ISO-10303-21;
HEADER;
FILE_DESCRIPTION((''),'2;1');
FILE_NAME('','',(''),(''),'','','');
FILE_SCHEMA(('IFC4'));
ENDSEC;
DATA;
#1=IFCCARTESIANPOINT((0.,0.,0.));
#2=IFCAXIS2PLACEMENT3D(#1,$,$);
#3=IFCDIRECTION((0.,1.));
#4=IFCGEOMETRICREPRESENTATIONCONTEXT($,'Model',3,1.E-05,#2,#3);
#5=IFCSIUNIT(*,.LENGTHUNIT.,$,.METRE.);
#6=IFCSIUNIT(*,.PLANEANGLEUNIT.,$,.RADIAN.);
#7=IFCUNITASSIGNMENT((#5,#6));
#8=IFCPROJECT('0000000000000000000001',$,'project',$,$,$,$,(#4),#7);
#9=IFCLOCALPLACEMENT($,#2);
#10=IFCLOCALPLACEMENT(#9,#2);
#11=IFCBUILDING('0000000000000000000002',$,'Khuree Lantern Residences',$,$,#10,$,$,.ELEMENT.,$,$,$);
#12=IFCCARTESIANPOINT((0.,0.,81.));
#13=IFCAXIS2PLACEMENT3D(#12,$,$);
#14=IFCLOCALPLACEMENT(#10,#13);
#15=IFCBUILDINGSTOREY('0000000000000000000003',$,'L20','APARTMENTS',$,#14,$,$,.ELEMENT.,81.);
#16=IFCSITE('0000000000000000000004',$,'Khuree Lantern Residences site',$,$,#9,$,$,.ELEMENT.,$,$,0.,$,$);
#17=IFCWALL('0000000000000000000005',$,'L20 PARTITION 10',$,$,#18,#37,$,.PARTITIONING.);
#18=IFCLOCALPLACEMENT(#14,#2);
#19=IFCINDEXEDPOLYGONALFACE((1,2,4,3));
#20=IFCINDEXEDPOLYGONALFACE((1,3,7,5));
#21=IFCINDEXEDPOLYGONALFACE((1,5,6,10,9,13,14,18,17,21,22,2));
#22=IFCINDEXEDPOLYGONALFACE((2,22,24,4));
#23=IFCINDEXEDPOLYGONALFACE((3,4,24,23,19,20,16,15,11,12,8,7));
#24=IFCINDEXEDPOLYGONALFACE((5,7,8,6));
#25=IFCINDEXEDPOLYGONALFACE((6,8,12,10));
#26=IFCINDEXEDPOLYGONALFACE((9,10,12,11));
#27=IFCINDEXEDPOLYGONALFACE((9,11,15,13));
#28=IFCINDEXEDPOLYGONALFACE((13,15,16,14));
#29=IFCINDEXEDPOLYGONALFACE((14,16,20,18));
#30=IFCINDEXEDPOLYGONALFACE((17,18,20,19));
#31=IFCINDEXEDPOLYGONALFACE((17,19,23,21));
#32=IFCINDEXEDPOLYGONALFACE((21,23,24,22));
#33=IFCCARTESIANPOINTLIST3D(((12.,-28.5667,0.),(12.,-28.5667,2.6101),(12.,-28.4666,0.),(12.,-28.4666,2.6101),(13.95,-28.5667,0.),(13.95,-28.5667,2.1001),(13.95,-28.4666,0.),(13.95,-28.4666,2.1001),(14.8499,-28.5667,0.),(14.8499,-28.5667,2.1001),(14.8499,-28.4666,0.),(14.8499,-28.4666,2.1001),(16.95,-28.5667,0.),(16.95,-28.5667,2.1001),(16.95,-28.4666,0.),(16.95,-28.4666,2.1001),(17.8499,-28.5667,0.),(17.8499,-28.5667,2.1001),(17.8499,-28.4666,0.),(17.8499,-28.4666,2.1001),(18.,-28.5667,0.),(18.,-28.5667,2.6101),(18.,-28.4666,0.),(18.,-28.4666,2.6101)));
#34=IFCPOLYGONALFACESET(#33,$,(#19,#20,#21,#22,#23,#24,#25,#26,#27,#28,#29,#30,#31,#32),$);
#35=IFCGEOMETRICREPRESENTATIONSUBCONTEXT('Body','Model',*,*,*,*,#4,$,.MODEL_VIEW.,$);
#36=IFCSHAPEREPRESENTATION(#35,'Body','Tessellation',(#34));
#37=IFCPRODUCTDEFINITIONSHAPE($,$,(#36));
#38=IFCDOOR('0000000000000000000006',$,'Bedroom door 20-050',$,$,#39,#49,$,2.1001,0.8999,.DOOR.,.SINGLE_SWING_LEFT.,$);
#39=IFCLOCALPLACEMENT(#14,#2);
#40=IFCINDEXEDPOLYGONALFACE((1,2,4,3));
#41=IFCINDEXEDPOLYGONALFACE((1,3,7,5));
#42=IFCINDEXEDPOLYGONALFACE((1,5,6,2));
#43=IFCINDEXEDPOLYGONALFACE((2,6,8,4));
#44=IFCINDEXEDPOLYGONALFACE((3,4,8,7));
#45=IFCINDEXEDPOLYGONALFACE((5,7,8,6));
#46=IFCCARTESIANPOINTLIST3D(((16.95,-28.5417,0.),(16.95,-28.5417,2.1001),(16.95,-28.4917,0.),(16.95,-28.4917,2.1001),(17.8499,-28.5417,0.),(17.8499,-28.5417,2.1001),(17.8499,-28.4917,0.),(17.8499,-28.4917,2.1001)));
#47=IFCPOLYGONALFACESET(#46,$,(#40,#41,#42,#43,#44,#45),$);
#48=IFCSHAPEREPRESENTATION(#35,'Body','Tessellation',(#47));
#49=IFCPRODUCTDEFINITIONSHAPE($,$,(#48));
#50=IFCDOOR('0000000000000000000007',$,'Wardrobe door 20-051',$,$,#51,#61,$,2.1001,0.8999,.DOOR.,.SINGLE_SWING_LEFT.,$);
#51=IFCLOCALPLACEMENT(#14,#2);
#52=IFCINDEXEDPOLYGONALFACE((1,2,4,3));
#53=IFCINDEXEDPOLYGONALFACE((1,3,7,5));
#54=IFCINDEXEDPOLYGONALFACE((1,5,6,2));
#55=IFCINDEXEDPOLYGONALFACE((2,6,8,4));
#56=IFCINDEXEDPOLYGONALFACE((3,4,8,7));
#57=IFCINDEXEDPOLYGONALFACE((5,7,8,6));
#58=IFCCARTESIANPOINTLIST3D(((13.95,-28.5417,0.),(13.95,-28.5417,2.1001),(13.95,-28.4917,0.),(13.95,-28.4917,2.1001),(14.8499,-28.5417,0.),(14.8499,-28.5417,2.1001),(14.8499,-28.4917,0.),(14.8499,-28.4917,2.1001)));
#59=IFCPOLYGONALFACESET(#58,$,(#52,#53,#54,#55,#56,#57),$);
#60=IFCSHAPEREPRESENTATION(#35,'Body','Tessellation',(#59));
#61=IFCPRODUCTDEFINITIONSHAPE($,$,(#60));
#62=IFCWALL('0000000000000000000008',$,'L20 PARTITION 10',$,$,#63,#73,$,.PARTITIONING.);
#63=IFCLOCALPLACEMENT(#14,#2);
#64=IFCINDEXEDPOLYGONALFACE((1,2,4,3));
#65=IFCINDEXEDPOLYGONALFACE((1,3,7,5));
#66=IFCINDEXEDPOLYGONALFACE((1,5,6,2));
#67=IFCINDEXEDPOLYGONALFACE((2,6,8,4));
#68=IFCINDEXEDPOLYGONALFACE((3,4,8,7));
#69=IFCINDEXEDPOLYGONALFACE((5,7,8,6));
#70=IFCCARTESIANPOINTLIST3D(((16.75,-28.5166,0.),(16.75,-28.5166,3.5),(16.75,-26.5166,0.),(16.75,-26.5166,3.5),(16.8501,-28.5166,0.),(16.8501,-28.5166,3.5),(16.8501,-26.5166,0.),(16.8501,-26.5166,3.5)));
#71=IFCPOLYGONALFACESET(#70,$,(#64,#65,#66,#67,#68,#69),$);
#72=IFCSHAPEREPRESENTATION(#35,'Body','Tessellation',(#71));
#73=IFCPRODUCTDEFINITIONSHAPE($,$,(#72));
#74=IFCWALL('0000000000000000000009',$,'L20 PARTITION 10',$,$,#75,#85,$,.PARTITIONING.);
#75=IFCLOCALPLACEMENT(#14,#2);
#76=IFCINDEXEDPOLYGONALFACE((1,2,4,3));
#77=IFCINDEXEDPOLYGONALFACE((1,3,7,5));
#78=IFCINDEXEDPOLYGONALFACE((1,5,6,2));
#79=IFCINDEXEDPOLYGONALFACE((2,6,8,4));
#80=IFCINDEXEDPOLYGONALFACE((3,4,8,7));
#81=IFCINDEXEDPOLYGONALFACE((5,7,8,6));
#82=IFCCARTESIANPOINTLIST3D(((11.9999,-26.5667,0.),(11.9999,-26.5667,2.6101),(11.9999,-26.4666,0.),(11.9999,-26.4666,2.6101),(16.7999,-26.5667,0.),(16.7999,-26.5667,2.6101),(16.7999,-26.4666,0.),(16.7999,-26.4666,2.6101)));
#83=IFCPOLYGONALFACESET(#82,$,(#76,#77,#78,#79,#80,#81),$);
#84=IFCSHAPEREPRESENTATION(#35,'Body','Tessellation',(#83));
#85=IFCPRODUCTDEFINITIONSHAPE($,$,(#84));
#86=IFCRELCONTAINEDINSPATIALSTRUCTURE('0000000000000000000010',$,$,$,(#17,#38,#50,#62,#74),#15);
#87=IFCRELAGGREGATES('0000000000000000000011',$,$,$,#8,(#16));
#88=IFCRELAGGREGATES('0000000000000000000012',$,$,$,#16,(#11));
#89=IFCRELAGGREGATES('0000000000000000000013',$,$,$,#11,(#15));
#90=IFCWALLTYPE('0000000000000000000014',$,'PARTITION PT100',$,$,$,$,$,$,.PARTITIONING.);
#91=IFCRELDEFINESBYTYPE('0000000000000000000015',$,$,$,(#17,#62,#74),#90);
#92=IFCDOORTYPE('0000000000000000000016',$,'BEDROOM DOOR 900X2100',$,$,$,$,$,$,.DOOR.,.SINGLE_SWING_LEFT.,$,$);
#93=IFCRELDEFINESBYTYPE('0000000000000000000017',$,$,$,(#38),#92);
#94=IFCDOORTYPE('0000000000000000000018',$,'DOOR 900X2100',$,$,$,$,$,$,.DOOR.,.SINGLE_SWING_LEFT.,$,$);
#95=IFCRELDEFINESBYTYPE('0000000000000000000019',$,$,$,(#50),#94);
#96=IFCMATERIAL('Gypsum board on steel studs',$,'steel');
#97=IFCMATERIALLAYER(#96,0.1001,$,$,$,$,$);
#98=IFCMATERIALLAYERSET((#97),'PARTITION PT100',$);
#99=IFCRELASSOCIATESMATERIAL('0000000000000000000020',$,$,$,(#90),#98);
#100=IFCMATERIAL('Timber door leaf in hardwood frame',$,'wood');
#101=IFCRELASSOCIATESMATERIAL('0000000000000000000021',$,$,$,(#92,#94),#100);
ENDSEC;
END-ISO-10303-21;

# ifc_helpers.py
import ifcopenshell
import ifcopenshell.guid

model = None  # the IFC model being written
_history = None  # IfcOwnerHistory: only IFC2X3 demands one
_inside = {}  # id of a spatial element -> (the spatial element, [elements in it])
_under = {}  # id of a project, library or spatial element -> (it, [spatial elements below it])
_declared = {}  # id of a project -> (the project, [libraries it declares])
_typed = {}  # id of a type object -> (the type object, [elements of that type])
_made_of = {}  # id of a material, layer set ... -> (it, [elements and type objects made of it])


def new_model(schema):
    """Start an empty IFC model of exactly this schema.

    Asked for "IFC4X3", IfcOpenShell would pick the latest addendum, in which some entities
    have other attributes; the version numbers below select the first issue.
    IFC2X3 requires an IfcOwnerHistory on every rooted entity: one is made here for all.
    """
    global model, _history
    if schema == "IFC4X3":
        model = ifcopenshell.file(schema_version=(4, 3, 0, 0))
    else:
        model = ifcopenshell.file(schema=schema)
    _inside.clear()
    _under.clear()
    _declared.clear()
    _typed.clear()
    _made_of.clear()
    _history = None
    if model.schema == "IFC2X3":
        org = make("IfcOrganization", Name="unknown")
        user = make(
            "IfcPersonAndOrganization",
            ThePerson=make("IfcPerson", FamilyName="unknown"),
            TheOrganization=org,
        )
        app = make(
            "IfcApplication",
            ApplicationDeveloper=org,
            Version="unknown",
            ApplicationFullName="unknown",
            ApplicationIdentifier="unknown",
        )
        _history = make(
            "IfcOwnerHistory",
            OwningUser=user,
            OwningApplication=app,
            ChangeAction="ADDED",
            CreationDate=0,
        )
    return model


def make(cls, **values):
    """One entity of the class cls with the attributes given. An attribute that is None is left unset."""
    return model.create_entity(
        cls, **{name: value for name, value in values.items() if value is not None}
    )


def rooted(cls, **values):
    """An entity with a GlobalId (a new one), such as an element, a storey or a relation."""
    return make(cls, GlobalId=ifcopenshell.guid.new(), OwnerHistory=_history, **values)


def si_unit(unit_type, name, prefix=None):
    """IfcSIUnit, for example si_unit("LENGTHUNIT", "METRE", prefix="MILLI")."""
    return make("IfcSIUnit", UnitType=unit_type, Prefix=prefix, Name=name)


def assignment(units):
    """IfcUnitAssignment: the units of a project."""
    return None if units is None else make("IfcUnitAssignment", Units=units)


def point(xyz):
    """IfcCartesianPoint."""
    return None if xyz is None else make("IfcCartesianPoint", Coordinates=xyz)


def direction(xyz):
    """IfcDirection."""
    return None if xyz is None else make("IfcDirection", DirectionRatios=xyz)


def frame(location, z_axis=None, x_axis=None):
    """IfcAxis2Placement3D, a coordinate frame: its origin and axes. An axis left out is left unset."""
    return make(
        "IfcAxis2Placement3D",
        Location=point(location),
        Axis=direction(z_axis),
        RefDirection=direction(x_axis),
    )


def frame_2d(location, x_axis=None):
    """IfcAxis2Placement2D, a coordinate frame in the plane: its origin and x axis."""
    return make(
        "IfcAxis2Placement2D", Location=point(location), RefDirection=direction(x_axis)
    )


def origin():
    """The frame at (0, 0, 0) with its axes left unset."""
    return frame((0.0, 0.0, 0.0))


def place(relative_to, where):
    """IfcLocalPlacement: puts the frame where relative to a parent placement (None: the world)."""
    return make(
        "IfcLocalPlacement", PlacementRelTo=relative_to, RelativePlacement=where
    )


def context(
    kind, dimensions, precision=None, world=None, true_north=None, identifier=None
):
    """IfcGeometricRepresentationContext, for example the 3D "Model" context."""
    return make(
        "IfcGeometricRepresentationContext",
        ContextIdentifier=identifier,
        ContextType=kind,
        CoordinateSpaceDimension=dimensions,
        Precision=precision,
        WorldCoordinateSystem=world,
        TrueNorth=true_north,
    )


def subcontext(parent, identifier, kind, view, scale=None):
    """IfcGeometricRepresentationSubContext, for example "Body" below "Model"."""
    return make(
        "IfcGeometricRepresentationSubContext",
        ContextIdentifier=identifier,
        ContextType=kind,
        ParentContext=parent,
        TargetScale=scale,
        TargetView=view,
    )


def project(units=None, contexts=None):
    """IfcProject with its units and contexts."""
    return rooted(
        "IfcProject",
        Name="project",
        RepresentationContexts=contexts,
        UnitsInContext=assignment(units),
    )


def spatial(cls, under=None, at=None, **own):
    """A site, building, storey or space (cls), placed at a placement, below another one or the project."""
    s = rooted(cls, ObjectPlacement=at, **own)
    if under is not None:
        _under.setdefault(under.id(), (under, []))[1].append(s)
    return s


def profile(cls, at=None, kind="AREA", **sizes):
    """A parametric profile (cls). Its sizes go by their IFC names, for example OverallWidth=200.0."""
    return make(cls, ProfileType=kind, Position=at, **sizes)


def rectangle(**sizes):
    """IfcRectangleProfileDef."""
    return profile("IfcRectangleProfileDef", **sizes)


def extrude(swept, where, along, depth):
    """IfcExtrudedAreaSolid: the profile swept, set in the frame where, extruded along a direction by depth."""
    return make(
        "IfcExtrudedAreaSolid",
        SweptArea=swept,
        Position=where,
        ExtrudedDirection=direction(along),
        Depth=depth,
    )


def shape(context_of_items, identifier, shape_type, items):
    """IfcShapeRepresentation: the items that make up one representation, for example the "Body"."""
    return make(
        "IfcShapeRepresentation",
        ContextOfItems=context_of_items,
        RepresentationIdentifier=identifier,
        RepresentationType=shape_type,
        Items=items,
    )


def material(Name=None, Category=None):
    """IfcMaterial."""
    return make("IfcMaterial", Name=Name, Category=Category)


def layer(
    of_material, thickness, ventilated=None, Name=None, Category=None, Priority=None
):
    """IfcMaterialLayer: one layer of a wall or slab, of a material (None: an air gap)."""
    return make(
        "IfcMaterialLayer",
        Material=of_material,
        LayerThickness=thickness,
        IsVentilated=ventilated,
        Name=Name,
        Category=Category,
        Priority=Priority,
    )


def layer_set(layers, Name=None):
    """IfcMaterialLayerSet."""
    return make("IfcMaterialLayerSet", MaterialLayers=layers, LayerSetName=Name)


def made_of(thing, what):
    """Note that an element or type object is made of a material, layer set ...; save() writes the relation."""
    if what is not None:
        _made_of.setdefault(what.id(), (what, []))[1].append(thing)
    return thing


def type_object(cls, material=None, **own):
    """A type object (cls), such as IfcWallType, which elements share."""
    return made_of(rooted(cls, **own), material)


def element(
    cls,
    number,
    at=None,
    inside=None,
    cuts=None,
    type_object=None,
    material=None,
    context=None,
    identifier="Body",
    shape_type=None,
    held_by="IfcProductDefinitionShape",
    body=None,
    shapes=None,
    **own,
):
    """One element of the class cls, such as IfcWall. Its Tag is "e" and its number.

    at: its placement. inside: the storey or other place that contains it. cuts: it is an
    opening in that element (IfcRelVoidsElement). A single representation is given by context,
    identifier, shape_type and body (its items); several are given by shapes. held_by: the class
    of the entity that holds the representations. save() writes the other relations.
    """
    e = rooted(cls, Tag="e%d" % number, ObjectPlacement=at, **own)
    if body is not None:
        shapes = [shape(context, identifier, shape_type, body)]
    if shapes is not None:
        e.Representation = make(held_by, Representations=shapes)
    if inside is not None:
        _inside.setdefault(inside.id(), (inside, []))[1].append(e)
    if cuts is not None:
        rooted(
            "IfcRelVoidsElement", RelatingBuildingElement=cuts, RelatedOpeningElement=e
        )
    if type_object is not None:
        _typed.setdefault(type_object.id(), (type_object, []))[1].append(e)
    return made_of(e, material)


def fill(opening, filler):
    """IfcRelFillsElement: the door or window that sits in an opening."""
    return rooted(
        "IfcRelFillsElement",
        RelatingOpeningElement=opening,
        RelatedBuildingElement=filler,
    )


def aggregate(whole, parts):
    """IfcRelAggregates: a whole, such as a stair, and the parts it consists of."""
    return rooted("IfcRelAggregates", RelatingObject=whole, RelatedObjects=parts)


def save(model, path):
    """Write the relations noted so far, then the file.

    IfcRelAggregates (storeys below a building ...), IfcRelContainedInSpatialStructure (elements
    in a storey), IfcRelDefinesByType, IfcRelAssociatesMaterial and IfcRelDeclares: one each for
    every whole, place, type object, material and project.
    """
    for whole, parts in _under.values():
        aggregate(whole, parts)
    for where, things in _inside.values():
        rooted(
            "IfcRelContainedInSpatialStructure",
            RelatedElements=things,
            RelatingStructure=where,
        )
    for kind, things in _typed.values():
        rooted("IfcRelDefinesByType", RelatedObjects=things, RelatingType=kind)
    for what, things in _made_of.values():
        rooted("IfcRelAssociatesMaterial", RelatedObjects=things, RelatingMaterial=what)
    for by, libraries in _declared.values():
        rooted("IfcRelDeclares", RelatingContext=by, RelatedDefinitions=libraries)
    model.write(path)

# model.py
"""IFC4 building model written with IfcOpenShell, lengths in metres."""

from ifc_helpers import new_model, si_unit, direction, frame, frame_2d, origin, place, context, subcontext, project, spatial, rectangle, extrude, material, layer, layer_set, type_object, element, fill, save


model = new_model("IFC4")

# Units and contexts
model_context = context("Model", 3, precision=1e-05, world=origin(), true_north=direction((0.0, 1.0)))
body_context = subcontext(model_context, "Body", "Model", "MODEL_VIEW")
ifc_project = project(units=[si_unit("LENGTHUNIT", "METRE"), si_unit("PLANEANGLEUNIT", "RADIAN")], contexts=[model_context])

# Site, building, storey
site_placement = place(None, origin())
site = spatial("IfcSite", under=ifc_project, at=site_placement, Name="Khuree Lantern Residences site", CompositionType="ELEMENT", RefElevation=0.0)
building_placement = place(site_placement, origin())
building = spatial("IfcBuilding", under=site, at=building_placement, Name="Khuree Lantern Residences", CompositionType="ELEMENT")
storey_placement = place(building_placement, frame((0.0, 0.0, 81.0)))
storey = spatial("IfcBuildingStorey", under=building, at=storey_placement, Name="L20", Description="APARTMENTS", CompositionType="ELEMENT", Elevation=81.0)

# Shared definitions
ifc_material_1 = material(Name="Timber door leaf in hardwood frame", Category="wood")

# Shared definitions
ifc_material_2 = material(Name="Gypsum board on steel studs", Category="steel")
ifc_layer_1 = layer(ifc_material_2, 0.1001)
ifc_layer_set_1 = layer_set([ifc_layer_1], Name="PARTITION PT100")
wall_type_1 = type_object("IfcWallType", Name="PARTITION PT100", PredefinedType="PARTITIONING", material=ifc_layer_set_1)

# Shared definitions
door_type_1 = type_object("IfcDoorType", Name="BEDROOM DOOR 900X2100", OperationType="SINGLE_SWING_LEFT", PredefinedType="DOOR", material=ifc_material_1)

# Wall, openings, doors
wall_1_placement = place(storey_placement, frame((12.0, -28.5166, 0.0), z_axis=(0.0, 0.0, 1.0), x_axis=(1.0, 0.0, 0.0)))
wall_1 = element("IfcWall", 1, at=wall_1_placement, inside=storey, type_object=wall_type_1, Name="L20 PARTITION 10", PredefinedType="PARTITIONING", context=body_context, shape_type="SweptSolid", body=[
    extrude(rectangle(XDim=6.0, YDim=0.1001, at=frame_2d((3.0, 0.0))), origin(), (0.0, 0.0, 1.0), 2.6101),
])
opening_1_placement = place(wall_1_placement, frame((4.95, 0.0, 0.0)))
opening_1 = element("IfcOpeningElement", 2, at=opening_1_placement, cuts=wall_1, PredefinedType="OPENING", context=body_context, shape_type="SweptSolid", body=[
    extrude(rectangle(XDim=0.8999, YDim=2.1001, at=frame_2d((0.45, 1.05))), frame((0.0, 0.0601, 0.0), z_axis=(0.0, -1.0, 0.0), x_axis=(1.0, 0.0, 0.0)), (0.0, 0.0, 1.0), 0.1201),
])
opening_2_placement = place(wall_1_placement, frame((1.95, 0.0, 0.0)))
opening_2 = element("IfcOpeningElement", 3, at=opening_2_placement, cuts=wall_1, PredefinedType="OPENING", context=body_context, shape_type="SweptSolid", body=[
    extrude(rectangle(XDim=0.8999, YDim=2.1001, at=frame_2d((0.45, 1.05))), frame((0.0, 0.0601, 0.0), z_axis=(0.0, -1.0, 0.0), x_axis=(1.0, 0.0, 0.0)), (0.0, 0.0, 1.0), 0.1201),
])
door_1_placement = place(opening_1_placement, origin())
door_1 = element("IfcDoor", 4, at=door_1_placement, inside=storey, type_object=door_type_1, Name="Bedroom door 20-050", OperationType="SINGLE_SWING_LEFT", OverallHeight=2.1001, OverallWidth=0.8999, PredefinedType="DOOR", context=body_context, shape_type="SweptSolid", body=[
    extrude(rectangle(XDim=0.8999, YDim=2.1001, at=frame_2d((0.45, 1.05))), frame((0.0, 0.0249, 0.0), z_axis=(0.0, -1.0, 0.0), x_axis=(1.0, 0.0, 0.0)), (0.0, 0.0, 1.0), 0.05),
])
fill(opening_1, door_1)
door_type_2 = type_object("IfcDoorType", Name="DOOR 900X2100", OperationType="SINGLE_SWING_LEFT", PredefinedType="DOOR", material=ifc_material_1)
door_2_placement = place(opening_2_placement, origin())
door_2 = element("IfcDoor", 5, at=door_2_placement, inside=storey, type_object=door_type_2, Name="Wardrobe door 20-051", OperationType="SINGLE_SWING_LEFT", OverallHeight=2.1001, OverallWidth=0.8999, PredefinedType="DOOR", context=body_context, shape_type="SweptSolid", body=[
    extrude(rectangle(XDim=0.8999, YDim=2.1001, at=frame_2d((0.45, 1.05))), frame((0.0, 0.0249, 0.0), z_axis=(0.0, -1.0, 0.0), x_axis=(1.0, 0.0, 0.0)), (0.0, 0.0, 1.0), 0.05),
])
fill(opening_2, door_2)

# Walls
wall_2_placement = place(storey_placement, frame((16.8, -26.5166, 0.0), z_axis=(0.0, 0.0, 1.0), x_axis=(0.0, -1.0, 0.0)))
element("IfcWall", 6, at=wall_2_placement, inside=storey, type_object=wall_type_1, Name="L20 PARTITION 10", PredefinedType="PARTITIONING", context=body_context, shape_type="SweptSolid", body=[
    extrude(rectangle(XDim=2.0, YDim=0.1001, at=frame_2d((1.0, 0.0))), origin(), (0.0, 0.0, 1.0), 3.5),
])
wall_3_placement = place(storey_placement, frame((12.0, -26.5166, 0.0), z_axis=(0.0, 0.0, 1.0), x_axis=(1.0, 0.0, 0.0)))
element("IfcWall", 7, at=wall_3_placement, inside=storey, type_object=wall_type_1, Name="L20 PARTITION 10", PredefinedType="PARTITIONING", context=body_context, shape_type="SweptSolid", body=[
    extrude(rectangle(XDim=4.8, YDim=0.1001, at=frame_2d((2.3999, 0.0))), origin(), (0.0, 0.0, 1.0), 2.6101),
])

save(model, "model.ifc")
